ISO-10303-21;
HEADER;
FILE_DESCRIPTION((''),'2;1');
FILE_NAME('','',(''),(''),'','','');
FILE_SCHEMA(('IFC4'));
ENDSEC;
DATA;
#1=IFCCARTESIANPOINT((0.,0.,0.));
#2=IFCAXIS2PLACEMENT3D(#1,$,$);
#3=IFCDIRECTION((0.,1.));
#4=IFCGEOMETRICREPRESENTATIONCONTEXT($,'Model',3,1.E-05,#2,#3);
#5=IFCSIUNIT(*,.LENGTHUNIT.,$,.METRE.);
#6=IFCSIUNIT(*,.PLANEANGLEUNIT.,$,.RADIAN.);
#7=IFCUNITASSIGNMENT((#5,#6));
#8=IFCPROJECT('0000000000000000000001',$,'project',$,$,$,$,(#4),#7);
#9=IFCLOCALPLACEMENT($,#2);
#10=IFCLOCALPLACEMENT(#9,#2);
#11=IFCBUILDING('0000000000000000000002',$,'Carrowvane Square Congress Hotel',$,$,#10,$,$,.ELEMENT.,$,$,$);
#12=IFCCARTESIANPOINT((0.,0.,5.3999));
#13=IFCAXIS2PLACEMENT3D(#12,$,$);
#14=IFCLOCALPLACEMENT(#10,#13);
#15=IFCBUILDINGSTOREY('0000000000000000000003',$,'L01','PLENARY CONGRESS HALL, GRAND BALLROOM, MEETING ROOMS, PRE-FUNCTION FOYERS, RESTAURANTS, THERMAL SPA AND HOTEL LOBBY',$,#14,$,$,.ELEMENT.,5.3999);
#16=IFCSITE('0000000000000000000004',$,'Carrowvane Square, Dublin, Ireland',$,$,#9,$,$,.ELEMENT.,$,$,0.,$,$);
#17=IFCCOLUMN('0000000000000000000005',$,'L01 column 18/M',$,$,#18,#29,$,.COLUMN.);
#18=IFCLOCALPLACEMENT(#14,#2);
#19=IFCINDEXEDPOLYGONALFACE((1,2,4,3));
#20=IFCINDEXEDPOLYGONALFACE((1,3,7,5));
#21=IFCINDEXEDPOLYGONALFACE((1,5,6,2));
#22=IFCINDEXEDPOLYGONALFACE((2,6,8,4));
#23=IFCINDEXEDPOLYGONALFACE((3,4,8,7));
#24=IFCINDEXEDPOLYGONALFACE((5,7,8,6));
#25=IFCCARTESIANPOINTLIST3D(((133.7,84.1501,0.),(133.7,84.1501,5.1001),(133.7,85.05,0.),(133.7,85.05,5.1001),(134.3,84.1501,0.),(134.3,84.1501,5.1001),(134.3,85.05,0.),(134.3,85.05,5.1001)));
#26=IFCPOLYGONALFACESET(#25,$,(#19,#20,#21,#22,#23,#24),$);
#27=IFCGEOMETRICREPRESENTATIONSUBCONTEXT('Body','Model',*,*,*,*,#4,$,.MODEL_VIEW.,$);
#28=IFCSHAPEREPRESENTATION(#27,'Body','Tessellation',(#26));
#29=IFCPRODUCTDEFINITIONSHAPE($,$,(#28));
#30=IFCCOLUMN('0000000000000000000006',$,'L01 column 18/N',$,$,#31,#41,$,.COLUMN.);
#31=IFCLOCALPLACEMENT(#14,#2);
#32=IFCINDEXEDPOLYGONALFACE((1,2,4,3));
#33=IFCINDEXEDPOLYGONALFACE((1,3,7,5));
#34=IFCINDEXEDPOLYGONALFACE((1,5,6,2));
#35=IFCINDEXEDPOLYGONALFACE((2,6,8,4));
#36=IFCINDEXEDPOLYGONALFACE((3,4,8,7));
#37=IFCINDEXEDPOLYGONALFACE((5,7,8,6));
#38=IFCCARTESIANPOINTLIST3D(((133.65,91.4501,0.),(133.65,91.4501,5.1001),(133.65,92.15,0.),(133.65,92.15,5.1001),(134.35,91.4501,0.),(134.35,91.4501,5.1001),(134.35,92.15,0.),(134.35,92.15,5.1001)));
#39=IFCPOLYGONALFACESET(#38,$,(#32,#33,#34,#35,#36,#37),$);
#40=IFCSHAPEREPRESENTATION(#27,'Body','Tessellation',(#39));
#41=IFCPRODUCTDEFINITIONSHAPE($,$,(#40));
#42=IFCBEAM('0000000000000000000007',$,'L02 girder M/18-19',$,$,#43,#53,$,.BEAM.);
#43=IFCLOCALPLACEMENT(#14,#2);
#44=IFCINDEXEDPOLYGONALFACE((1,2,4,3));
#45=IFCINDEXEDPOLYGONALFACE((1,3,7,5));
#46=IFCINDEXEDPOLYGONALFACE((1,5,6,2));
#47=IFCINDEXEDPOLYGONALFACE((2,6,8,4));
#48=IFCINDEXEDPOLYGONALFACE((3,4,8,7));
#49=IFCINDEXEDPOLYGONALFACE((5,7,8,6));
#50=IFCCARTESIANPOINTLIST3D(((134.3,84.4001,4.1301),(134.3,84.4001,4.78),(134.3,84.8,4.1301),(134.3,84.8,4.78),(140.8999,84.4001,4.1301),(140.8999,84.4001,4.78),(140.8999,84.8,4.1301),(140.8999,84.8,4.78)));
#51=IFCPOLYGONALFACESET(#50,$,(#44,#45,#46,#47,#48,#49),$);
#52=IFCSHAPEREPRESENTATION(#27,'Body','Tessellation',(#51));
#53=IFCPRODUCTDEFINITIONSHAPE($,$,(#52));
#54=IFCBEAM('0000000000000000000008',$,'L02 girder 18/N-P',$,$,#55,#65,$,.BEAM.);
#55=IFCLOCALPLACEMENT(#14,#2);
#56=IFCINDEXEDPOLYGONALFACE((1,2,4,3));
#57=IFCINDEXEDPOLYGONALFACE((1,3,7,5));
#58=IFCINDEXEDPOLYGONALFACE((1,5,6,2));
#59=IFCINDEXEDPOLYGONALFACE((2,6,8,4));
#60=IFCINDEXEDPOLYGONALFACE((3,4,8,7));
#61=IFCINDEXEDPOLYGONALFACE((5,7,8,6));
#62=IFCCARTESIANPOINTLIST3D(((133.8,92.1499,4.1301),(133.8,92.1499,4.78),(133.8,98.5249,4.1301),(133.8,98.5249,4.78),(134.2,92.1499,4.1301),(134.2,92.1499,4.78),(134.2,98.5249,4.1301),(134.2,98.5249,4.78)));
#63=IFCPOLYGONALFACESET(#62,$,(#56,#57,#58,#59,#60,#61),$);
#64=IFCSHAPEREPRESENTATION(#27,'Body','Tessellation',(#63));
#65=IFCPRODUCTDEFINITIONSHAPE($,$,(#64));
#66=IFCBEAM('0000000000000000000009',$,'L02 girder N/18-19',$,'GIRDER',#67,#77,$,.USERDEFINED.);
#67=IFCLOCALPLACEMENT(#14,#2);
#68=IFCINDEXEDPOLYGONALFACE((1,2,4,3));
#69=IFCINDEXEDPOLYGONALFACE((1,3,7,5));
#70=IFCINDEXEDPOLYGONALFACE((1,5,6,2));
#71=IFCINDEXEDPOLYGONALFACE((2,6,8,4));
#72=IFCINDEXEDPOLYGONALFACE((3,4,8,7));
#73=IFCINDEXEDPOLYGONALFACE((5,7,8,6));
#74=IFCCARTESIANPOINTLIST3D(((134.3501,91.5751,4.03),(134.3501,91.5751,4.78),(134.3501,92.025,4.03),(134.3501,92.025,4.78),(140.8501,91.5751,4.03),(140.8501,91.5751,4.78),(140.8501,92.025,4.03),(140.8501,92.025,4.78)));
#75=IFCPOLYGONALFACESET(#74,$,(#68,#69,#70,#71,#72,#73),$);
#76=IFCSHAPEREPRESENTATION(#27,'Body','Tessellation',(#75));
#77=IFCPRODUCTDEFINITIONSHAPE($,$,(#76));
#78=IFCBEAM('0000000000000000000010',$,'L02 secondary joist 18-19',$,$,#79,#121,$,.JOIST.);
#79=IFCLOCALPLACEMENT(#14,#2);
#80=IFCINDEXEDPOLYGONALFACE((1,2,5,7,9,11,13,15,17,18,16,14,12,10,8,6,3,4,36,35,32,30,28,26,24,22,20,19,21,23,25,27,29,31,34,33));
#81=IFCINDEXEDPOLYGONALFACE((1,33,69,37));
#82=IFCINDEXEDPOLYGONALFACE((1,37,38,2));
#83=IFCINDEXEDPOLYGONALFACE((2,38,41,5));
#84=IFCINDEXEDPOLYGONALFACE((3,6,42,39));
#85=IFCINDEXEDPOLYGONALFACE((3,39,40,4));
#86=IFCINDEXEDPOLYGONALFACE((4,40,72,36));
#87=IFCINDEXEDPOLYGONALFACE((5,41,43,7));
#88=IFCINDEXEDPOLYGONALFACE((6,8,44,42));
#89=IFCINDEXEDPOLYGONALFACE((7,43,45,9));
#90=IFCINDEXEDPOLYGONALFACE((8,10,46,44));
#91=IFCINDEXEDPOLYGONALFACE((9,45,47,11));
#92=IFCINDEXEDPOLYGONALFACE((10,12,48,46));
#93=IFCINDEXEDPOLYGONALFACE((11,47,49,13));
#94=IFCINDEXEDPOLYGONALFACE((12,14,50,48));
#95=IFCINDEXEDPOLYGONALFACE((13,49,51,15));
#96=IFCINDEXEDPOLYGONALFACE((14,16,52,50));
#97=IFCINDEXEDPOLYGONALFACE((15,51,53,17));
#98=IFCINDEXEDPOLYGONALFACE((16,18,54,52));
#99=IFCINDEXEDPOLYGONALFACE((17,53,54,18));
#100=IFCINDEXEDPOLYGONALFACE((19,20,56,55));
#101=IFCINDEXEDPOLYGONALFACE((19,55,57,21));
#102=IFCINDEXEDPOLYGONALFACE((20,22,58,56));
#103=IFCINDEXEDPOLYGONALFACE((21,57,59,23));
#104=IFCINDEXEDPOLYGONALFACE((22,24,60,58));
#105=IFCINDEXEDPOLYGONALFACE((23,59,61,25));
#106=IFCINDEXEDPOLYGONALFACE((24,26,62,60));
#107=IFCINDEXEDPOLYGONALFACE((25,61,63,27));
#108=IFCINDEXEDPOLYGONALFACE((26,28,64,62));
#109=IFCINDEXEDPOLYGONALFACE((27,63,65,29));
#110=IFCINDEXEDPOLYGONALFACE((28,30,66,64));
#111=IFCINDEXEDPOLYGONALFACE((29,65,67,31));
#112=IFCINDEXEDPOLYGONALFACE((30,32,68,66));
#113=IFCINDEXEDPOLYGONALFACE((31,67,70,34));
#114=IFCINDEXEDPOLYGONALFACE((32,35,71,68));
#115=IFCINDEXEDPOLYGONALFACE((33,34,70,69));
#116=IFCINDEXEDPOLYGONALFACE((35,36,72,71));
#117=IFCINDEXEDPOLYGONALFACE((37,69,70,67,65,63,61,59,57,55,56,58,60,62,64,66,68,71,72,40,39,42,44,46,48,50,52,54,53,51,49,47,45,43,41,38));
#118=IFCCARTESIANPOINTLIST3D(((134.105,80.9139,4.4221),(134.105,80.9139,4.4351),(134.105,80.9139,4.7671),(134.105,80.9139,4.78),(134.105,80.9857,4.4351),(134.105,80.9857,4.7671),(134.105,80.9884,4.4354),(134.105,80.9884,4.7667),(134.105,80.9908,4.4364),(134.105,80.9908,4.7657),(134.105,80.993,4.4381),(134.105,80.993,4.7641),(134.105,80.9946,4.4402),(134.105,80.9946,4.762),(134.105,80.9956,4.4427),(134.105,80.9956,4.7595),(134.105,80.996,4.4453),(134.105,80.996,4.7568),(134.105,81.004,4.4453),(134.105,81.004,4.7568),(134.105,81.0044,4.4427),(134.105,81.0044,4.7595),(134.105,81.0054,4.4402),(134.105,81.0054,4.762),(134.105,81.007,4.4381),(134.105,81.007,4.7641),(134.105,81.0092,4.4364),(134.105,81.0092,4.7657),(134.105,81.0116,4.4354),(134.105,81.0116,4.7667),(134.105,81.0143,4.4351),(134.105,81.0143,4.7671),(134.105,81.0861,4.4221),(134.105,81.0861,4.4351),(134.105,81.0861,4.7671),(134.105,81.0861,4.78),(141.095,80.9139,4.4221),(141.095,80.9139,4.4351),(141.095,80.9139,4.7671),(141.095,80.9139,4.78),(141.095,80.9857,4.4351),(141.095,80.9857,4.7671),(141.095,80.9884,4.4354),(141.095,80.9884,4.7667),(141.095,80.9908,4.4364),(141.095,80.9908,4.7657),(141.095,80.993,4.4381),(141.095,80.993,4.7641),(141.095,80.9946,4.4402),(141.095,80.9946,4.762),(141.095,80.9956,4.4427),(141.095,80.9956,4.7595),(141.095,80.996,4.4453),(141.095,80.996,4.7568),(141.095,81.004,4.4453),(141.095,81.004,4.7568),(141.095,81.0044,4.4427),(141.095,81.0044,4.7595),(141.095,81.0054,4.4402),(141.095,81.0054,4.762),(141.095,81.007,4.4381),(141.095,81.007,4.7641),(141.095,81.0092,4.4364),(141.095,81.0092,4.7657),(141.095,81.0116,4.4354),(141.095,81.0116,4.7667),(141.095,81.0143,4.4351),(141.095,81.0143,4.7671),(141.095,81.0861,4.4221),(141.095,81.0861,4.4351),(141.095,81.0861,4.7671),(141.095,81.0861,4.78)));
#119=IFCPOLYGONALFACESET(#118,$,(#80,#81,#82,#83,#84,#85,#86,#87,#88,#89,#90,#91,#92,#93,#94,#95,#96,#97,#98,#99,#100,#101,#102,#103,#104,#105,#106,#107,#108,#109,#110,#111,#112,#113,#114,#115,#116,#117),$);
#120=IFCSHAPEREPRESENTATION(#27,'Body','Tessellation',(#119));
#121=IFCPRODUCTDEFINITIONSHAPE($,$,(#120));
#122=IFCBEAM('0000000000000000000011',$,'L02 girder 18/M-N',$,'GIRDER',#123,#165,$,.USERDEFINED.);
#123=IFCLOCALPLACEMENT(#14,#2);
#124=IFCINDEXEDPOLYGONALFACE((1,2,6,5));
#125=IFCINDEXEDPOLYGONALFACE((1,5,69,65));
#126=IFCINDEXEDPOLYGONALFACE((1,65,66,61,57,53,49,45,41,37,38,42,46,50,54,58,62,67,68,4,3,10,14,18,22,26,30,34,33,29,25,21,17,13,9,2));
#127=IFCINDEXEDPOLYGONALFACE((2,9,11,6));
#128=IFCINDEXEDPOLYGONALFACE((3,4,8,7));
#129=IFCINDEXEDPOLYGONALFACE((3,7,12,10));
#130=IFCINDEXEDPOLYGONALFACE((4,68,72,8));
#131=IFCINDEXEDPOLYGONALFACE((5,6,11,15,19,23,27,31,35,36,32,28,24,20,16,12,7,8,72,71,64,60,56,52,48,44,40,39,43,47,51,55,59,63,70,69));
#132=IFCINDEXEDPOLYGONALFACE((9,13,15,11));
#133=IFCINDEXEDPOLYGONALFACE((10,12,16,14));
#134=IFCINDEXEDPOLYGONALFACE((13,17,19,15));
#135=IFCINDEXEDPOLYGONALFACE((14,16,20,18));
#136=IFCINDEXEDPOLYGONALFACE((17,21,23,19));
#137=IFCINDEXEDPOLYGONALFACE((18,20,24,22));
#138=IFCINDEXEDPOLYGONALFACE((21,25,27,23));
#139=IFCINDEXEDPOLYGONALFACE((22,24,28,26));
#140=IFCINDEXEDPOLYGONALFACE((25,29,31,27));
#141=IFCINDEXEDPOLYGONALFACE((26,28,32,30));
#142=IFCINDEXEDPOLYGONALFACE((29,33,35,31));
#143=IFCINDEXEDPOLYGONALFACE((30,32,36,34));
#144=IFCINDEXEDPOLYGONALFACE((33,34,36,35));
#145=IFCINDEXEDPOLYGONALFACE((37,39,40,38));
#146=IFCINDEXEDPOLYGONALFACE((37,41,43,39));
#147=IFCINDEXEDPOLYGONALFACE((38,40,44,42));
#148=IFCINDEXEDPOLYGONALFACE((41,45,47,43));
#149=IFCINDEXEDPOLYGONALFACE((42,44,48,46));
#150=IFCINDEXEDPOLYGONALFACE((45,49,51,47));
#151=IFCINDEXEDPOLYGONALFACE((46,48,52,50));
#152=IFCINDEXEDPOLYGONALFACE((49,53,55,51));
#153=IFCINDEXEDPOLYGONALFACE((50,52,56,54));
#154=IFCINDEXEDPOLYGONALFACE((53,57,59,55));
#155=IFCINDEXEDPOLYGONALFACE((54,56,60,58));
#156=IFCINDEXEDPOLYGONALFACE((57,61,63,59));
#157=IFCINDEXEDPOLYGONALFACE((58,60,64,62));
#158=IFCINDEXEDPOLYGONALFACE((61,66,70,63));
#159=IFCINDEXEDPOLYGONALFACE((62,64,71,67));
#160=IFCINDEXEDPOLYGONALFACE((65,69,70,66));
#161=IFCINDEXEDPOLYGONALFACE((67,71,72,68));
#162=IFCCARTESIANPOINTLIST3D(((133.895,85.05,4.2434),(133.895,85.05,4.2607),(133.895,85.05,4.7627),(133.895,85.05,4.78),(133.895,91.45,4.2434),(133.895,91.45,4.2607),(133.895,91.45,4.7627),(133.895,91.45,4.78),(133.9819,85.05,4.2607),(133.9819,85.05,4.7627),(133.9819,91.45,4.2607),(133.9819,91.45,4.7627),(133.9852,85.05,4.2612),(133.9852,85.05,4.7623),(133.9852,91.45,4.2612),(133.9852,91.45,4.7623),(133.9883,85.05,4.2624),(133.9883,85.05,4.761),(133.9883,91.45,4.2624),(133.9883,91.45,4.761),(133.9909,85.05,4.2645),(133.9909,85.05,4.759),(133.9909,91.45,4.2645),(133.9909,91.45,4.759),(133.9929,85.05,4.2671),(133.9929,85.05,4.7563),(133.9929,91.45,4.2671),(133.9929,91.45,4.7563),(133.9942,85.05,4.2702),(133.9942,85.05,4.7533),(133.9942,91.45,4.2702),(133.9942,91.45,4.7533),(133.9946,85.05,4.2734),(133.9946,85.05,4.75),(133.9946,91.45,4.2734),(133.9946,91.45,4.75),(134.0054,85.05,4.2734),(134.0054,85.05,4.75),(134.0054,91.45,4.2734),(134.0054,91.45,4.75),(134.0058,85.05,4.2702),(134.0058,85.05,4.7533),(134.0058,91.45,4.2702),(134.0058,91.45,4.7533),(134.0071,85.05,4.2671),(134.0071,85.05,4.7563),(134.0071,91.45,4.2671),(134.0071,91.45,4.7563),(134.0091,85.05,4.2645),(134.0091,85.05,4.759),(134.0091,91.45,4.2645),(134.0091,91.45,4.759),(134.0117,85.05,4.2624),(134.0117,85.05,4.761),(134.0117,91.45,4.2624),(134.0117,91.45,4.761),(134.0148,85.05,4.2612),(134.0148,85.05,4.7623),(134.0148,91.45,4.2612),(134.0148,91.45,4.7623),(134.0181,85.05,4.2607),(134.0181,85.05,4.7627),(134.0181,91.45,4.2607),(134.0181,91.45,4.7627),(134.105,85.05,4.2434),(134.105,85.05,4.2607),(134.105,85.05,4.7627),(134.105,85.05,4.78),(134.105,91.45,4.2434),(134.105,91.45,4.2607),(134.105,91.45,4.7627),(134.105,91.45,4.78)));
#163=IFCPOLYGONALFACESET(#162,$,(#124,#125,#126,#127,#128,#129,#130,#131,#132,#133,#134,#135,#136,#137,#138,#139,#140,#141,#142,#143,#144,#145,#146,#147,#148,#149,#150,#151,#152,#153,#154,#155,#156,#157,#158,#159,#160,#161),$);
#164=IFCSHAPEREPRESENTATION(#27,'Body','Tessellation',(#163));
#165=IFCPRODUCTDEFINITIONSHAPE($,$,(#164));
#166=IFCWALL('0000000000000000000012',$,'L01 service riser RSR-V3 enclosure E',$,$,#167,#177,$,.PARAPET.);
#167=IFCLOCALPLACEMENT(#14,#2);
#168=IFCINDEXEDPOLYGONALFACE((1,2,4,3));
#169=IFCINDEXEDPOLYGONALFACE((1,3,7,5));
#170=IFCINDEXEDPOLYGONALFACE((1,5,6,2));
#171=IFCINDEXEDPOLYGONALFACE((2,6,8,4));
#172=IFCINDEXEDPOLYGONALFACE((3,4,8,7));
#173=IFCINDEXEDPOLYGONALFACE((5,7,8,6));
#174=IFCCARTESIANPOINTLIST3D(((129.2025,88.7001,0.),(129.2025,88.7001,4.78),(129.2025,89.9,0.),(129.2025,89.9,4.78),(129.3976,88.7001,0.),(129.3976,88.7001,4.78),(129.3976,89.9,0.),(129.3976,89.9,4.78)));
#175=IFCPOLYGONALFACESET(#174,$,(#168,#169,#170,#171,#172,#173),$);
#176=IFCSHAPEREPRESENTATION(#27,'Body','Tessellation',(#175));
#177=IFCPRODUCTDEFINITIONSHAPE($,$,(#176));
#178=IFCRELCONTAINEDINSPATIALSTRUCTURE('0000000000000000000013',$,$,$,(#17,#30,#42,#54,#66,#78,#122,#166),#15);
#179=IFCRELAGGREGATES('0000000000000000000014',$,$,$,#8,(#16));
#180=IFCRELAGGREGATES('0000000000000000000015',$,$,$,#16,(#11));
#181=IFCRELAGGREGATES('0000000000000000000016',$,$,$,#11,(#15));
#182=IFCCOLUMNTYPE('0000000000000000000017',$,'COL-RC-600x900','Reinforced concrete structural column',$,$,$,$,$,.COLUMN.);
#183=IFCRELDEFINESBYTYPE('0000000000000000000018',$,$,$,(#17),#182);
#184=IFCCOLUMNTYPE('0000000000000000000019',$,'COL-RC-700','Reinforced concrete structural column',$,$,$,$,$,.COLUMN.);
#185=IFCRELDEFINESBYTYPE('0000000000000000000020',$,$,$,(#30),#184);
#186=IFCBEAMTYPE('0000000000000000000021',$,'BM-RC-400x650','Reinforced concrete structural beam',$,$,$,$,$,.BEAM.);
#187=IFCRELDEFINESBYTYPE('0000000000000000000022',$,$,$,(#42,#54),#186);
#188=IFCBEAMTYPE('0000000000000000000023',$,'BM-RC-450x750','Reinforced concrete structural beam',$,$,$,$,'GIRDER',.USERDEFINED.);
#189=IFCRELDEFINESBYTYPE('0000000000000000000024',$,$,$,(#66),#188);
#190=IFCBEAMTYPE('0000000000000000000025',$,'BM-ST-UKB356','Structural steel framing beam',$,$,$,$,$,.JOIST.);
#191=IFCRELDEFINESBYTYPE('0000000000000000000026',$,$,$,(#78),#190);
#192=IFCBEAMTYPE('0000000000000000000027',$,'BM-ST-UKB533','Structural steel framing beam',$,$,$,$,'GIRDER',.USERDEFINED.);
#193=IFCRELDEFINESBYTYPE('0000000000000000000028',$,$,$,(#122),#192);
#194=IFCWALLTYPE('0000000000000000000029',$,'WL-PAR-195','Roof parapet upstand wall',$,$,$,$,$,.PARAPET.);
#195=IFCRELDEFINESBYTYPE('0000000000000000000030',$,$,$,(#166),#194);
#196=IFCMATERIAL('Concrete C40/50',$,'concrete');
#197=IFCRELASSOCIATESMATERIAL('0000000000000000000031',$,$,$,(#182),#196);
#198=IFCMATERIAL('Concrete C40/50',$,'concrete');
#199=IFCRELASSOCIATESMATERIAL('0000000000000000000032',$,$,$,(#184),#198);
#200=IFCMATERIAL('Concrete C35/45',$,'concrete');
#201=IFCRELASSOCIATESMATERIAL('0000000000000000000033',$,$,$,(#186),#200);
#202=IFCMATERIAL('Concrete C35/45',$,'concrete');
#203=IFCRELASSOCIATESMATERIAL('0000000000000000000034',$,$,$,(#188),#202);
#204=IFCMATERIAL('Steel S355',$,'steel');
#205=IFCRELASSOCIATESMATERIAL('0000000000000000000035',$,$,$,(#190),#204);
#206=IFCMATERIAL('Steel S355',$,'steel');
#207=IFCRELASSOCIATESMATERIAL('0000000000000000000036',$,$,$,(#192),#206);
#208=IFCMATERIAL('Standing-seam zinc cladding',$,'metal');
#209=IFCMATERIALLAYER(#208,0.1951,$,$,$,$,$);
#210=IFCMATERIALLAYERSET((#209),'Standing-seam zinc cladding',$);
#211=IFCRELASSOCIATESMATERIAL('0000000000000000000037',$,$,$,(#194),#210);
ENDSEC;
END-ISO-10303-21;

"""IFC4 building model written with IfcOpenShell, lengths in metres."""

from ifc_helpers import new_model, si_unit, direction, frame, frame_2d, origin, origin_2d, place, context, subcontext, project, spatial, rectangle, i_section, extrude, material, layer, layer_set, material_profile, profile_set, type_object, element, save


model = new_model("IFC4")

# Units and contexts
model_context = context("Model", 3, precision=1e-05, world=origin(), true_north=direction((0.0, 1.0)))
body_context = subcontext(model_context, "Body", "Model", "MODEL_VIEW")
ifc_project = project(units=[si_unit("LENGTHUNIT", "METRE"), si_unit("PLANEANGLEUNIT", "RADIAN")], contexts=[model_context])

# Site, building, storey
site_placement = place(None, origin())
site = spatial("IfcSite", under=ifc_project, at=site_placement, Name="Carrowvane Square, Dublin, Ireland", CompositionType="ELEMENT", RefElevation=0.0)
building_placement = place(site_placement, origin())
building = spatial("IfcBuilding", under=site, at=building_placement, Name="Carrowvane Square Congress Hotel", CompositionType="ELEMENT")
storey_placement = place(building_placement, frame((0.0, 0.0, 5.3999)))
storey = spatial("IfcBuildingStorey", under=building, at=storey_placement, Name="L01", Description="PLENARY CONGRESS HALL, GRAND BALLROOM, MEETING ROOMS, PRE-FUNCTION FOYERS, RESTAURANTS, THERMAL SPA AND HOTEL LOBBY", CompositionType="ELEMENT", Elevation=5.3999)

# Columns
ifc_material_1 = material(Name="Concrete C40/50", Category="concrete")
ifc_material_profile_1 = material_profile(ifc_material_1, rectangle(XDim=0.6001, YDim=0.8999, at=origin_2d()), Name="RC 600x900")
ifc_profile_set_1 = profile_set([ifc_material_profile_1], Name="Concrete C40/50")
column_type_1 = type_object("IfcColumnType", Name="COL-RC-600x900", Description="Reinforced concrete structural column", PredefinedType="COLUMN", material=ifc_profile_set_1)
column_1_placement = place(storey_placement, frame((134.0, 84.6001, 0.0), z_axis=(0.0, 0.0, 1.0), x_axis=(1.0, 0.0, 0.0)))
element("IfcColumn", 1, at=column_1_placement, inside=storey, type_object=column_type_1, Name="L01 column 18/M", PredefinedType="COLUMN", context=body_context, shape_type="SweptSolid", body=[
    extrude(rectangle(XDim=0.6001, YDim=0.8999, at=origin_2d()), origin(), (0.0, 0.0, 1.0), 5.1001),
])
ifc_material_2 = material(Name="Concrete C40/50", Category="concrete")
ifc_material_profile_2 = material_profile(ifc_material_2, rectangle(XDim=0.7, YDim=0.7, at=origin_2d()), Name="RC 700x700")
ifc_profile_set_2 = profile_set([ifc_material_profile_2], Name="Concrete C40/50")
column_type_2 = type_object("IfcColumnType", Name="COL-RC-700", Description="Reinforced concrete structural column", PredefinedType="COLUMN", material=ifc_profile_set_2)
column_2_placement = place(storey_placement, frame((134.0, 91.8, 0.0), z_axis=(0.0, 0.0, 1.0), x_axis=(1.0, 0.0, 0.0)))
element("IfcColumn", 2, at=column_2_placement, inside=storey, type_object=column_type_2, Name="L01 column 18/N", PredefinedType="COLUMN", context=body_context, shape_type="SweptSolid", body=[
    extrude(rectangle(XDim=0.7, YDim=0.7, at=origin_2d()), origin(), (0.0, 0.0, 1.0), 5.1001),
])

# Beams
ifc_material_3 = material(Name="Concrete C35/45", Category="concrete")
ifc_material_profile_3 = material_profile(ifc_material_3, rectangle(XDim=0.3999, YDim=0.6499, at=origin_2d()), Name="RC 400x650")
ifc_profile_set_3 = profile_set([ifc_material_profile_3], Name="Concrete C35/45")
beam_type_1 = type_object("IfcBeamType", Name="BM-RC-400x650", Description="Reinforced concrete structural beam", PredefinedType="BEAM", material=ifc_profile_set_3)
beam_1_placement = place(storey_placement, frame((134.3, 84.6001, 4.4551), z_axis=(1.0, 0.0, 0.0), x_axis=(0.0, 1.0, 0.0)))
element("IfcBeam", 3, at=beam_1_placement, inside=storey, type_object=beam_type_1, Name="L02 girder M/18-19", PredefinedType="BEAM", context=body_context, shape_type="SweptSolid", body=[
    extrude(rectangle(XDim=0.3999, YDim=0.6499, at=origin_2d()), origin(), (0.0, 0.0, 1.0), 6.5999),
])
beam_2_placement = place(storey_placement, frame((134.0, 92.1499, 4.4551), z_axis=(0.0, 1.0, 0.0), x_axis=(-1.0, 0.0, 0.0)))
element("IfcBeam", 4, at=beam_2_placement, inside=storey, type_object=beam_type_1, Name="L02 girder 18/N-P", PredefinedType="BEAM", context=body_context, shape_type="SweptSolid", body=[
    extrude(rectangle(XDim=0.3999, YDim=0.6499, at=origin_2d()), origin(), (0.0, 0.0, 1.0), 6.375),
])
ifc_material_4 = material(Name="Concrete C35/45", Category="concrete")
ifc_material_profile_4 = material_profile(ifc_material_4, rectangle(XDim=0.45, YDim=0.75, at=origin_2d()), Name="RC 450x750")
ifc_profile_set_4 = profile_set([ifc_material_profile_4], Name="Concrete C35/45")
beam_type_2 = type_object("IfcBeamType", Name="BM-RC-450x750", Description="Reinforced concrete structural beam", ElementType="GIRDER", PredefinedType="USERDEFINED", material=ifc_profile_set_4)
beam_3_placement = place(storey_placement, frame((134.3501, 91.8, 4.405), z_axis=(1.0, 0.0, 0.0), x_axis=(0.0, 1.0, 0.0)))
element("IfcBeam", 5, at=beam_3_placement, inside=storey, type_object=beam_type_2, Name="L02 girder N/18-19", ObjectType="GIRDER", PredefinedType="USERDEFINED", context=body_context, shape_type="SweptSolid", body=[
    extrude(rectangle(XDim=0.45, YDim=0.75, at=origin_2d()), origin(), (0.0, 0.0, 1.0), 6.5),
])
ifc_material_5 = material(Name="Steel S355", Category="steel")
ifc_material_profile_5 = material_profile(ifc_material_5, i_section(OverallWidth=0.1721, OverallDepth=0.3579, WebThickness=0.0081, FlangeThickness=0.0129, FilletRadius=0.0103, at=origin_2d()), Name="UKB 356x171x57")
ifc_profile_set_5 = profile_set([ifc_material_profile_5], Name="Steel S355")
beam_type_3 = type_object("IfcBeamType", Name="BM-ST-UKB356", Description="Structural steel framing beam", PredefinedType="JOIST", material=ifc_profile_set_5)
beam_4_placement = place(storey_placement, frame((134.105, 81.0, 4.6011), z_axis=(1.0, 0.0, 0.0), x_axis=(0.0, 1.0, 0.0)))
element("IfcBeam", 6, at=beam_4_placement, inside=storey, type_object=beam_type_3, Name="L02 secondary joist 18-19", PredefinedType="JOIST", context=body_context, shape_type="SweptSolid", body=[
    extrude(i_section(OverallWidth=0.1721, OverallDepth=0.3579, WebThickness=0.0081, FlangeThickness=0.0129, FilletRadius=0.0103, at=origin_2d()), origin(), (0.0, 0.0, 1.0), 6.99),
])
ifc_material_6 = material(Name="Steel S355", Category="steel")
ifc_material_profile_6 = material_profile(ifc_material_6, i_section(OverallWidth=0.21, OverallDepth=0.5366, WebThickness=0.0107, FlangeThickness=0.0173, FilletRadius=0.0127, at=origin_2d()), Name="UKB 533x210x101")
ifc_profile_set_6 = profile_set([ifc_material_profile_6], Name="Steel S355")
beam_type_4 = type_object("IfcBeamType", Name="BM-ST-UKB533", Description="Structural steel framing beam", ElementType="GIRDER", PredefinedType="USERDEFINED", material=ifc_profile_set_6)
beam_5_placement = place(storey_placement, frame((134.0, 85.05, 4.5117), z_axis=(0.0, 1.0, 0.0), x_axis=(-1.0, 0.0, 0.0)))
element("IfcBeam", 7, at=beam_5_placement, inside=storey, type_object=beam_type_4, Name="L02 girder 18/M-N", ObjectType="GIRDER", PredefinedType="USERDEFINED", context=body_context, shape_type="SweptSolid", body=[
    extrude(i_section(OverallWidth=0.21, OverallDepth=0.5366, WebThickness=0.0107, FlangeThickness=0.0173, FilletRadius=0.0127, at=origin_2d()), origin(), (0.0, 0.0, 1.0), 6.3999),
])

# Wall
ifc_material_7 = material(Name="Standing-seam zinc cladding", Category="metal")
ifc_layer_1 = layer(ifc_material_7, 0.1951)
ifc_layer_set_1 = layer_set([ifc_layer_1], Name="Standing-seam zinc cladding")
wall_type_1 = type_object("IfcWallType", Name="WL-PAR-195", Description="Roof parapet upstand wall", PredefinedType="PARAPET", material=ifc_layer_set_1)
for number, where, z_axis, x_axis, name in (
    (8, (129.3, 88.7, 0.0), (0.0, 0.0, 1.0), (0.0, 1.0, 0.0), "L01 service riser RSR-V3 enclosure E"),
):
    element("IfcWall", number, at=place(storey_placement, frame(where, z_axis=z_axis, x_axis=x_axis)), inside=storey, type_object=wall_type_1, Name=name, PredefinedType="PARAPET", context=body_context, shape_type="SweptSolid", body=[
        extrude(rectangle(XDim=1.2, YDim=0.1951, at=frame_2d((0.6001, 0.0))), origin(), (0.0, 0.0, 1.0), 4.78),
    ])

save(model, "model.ifc")
